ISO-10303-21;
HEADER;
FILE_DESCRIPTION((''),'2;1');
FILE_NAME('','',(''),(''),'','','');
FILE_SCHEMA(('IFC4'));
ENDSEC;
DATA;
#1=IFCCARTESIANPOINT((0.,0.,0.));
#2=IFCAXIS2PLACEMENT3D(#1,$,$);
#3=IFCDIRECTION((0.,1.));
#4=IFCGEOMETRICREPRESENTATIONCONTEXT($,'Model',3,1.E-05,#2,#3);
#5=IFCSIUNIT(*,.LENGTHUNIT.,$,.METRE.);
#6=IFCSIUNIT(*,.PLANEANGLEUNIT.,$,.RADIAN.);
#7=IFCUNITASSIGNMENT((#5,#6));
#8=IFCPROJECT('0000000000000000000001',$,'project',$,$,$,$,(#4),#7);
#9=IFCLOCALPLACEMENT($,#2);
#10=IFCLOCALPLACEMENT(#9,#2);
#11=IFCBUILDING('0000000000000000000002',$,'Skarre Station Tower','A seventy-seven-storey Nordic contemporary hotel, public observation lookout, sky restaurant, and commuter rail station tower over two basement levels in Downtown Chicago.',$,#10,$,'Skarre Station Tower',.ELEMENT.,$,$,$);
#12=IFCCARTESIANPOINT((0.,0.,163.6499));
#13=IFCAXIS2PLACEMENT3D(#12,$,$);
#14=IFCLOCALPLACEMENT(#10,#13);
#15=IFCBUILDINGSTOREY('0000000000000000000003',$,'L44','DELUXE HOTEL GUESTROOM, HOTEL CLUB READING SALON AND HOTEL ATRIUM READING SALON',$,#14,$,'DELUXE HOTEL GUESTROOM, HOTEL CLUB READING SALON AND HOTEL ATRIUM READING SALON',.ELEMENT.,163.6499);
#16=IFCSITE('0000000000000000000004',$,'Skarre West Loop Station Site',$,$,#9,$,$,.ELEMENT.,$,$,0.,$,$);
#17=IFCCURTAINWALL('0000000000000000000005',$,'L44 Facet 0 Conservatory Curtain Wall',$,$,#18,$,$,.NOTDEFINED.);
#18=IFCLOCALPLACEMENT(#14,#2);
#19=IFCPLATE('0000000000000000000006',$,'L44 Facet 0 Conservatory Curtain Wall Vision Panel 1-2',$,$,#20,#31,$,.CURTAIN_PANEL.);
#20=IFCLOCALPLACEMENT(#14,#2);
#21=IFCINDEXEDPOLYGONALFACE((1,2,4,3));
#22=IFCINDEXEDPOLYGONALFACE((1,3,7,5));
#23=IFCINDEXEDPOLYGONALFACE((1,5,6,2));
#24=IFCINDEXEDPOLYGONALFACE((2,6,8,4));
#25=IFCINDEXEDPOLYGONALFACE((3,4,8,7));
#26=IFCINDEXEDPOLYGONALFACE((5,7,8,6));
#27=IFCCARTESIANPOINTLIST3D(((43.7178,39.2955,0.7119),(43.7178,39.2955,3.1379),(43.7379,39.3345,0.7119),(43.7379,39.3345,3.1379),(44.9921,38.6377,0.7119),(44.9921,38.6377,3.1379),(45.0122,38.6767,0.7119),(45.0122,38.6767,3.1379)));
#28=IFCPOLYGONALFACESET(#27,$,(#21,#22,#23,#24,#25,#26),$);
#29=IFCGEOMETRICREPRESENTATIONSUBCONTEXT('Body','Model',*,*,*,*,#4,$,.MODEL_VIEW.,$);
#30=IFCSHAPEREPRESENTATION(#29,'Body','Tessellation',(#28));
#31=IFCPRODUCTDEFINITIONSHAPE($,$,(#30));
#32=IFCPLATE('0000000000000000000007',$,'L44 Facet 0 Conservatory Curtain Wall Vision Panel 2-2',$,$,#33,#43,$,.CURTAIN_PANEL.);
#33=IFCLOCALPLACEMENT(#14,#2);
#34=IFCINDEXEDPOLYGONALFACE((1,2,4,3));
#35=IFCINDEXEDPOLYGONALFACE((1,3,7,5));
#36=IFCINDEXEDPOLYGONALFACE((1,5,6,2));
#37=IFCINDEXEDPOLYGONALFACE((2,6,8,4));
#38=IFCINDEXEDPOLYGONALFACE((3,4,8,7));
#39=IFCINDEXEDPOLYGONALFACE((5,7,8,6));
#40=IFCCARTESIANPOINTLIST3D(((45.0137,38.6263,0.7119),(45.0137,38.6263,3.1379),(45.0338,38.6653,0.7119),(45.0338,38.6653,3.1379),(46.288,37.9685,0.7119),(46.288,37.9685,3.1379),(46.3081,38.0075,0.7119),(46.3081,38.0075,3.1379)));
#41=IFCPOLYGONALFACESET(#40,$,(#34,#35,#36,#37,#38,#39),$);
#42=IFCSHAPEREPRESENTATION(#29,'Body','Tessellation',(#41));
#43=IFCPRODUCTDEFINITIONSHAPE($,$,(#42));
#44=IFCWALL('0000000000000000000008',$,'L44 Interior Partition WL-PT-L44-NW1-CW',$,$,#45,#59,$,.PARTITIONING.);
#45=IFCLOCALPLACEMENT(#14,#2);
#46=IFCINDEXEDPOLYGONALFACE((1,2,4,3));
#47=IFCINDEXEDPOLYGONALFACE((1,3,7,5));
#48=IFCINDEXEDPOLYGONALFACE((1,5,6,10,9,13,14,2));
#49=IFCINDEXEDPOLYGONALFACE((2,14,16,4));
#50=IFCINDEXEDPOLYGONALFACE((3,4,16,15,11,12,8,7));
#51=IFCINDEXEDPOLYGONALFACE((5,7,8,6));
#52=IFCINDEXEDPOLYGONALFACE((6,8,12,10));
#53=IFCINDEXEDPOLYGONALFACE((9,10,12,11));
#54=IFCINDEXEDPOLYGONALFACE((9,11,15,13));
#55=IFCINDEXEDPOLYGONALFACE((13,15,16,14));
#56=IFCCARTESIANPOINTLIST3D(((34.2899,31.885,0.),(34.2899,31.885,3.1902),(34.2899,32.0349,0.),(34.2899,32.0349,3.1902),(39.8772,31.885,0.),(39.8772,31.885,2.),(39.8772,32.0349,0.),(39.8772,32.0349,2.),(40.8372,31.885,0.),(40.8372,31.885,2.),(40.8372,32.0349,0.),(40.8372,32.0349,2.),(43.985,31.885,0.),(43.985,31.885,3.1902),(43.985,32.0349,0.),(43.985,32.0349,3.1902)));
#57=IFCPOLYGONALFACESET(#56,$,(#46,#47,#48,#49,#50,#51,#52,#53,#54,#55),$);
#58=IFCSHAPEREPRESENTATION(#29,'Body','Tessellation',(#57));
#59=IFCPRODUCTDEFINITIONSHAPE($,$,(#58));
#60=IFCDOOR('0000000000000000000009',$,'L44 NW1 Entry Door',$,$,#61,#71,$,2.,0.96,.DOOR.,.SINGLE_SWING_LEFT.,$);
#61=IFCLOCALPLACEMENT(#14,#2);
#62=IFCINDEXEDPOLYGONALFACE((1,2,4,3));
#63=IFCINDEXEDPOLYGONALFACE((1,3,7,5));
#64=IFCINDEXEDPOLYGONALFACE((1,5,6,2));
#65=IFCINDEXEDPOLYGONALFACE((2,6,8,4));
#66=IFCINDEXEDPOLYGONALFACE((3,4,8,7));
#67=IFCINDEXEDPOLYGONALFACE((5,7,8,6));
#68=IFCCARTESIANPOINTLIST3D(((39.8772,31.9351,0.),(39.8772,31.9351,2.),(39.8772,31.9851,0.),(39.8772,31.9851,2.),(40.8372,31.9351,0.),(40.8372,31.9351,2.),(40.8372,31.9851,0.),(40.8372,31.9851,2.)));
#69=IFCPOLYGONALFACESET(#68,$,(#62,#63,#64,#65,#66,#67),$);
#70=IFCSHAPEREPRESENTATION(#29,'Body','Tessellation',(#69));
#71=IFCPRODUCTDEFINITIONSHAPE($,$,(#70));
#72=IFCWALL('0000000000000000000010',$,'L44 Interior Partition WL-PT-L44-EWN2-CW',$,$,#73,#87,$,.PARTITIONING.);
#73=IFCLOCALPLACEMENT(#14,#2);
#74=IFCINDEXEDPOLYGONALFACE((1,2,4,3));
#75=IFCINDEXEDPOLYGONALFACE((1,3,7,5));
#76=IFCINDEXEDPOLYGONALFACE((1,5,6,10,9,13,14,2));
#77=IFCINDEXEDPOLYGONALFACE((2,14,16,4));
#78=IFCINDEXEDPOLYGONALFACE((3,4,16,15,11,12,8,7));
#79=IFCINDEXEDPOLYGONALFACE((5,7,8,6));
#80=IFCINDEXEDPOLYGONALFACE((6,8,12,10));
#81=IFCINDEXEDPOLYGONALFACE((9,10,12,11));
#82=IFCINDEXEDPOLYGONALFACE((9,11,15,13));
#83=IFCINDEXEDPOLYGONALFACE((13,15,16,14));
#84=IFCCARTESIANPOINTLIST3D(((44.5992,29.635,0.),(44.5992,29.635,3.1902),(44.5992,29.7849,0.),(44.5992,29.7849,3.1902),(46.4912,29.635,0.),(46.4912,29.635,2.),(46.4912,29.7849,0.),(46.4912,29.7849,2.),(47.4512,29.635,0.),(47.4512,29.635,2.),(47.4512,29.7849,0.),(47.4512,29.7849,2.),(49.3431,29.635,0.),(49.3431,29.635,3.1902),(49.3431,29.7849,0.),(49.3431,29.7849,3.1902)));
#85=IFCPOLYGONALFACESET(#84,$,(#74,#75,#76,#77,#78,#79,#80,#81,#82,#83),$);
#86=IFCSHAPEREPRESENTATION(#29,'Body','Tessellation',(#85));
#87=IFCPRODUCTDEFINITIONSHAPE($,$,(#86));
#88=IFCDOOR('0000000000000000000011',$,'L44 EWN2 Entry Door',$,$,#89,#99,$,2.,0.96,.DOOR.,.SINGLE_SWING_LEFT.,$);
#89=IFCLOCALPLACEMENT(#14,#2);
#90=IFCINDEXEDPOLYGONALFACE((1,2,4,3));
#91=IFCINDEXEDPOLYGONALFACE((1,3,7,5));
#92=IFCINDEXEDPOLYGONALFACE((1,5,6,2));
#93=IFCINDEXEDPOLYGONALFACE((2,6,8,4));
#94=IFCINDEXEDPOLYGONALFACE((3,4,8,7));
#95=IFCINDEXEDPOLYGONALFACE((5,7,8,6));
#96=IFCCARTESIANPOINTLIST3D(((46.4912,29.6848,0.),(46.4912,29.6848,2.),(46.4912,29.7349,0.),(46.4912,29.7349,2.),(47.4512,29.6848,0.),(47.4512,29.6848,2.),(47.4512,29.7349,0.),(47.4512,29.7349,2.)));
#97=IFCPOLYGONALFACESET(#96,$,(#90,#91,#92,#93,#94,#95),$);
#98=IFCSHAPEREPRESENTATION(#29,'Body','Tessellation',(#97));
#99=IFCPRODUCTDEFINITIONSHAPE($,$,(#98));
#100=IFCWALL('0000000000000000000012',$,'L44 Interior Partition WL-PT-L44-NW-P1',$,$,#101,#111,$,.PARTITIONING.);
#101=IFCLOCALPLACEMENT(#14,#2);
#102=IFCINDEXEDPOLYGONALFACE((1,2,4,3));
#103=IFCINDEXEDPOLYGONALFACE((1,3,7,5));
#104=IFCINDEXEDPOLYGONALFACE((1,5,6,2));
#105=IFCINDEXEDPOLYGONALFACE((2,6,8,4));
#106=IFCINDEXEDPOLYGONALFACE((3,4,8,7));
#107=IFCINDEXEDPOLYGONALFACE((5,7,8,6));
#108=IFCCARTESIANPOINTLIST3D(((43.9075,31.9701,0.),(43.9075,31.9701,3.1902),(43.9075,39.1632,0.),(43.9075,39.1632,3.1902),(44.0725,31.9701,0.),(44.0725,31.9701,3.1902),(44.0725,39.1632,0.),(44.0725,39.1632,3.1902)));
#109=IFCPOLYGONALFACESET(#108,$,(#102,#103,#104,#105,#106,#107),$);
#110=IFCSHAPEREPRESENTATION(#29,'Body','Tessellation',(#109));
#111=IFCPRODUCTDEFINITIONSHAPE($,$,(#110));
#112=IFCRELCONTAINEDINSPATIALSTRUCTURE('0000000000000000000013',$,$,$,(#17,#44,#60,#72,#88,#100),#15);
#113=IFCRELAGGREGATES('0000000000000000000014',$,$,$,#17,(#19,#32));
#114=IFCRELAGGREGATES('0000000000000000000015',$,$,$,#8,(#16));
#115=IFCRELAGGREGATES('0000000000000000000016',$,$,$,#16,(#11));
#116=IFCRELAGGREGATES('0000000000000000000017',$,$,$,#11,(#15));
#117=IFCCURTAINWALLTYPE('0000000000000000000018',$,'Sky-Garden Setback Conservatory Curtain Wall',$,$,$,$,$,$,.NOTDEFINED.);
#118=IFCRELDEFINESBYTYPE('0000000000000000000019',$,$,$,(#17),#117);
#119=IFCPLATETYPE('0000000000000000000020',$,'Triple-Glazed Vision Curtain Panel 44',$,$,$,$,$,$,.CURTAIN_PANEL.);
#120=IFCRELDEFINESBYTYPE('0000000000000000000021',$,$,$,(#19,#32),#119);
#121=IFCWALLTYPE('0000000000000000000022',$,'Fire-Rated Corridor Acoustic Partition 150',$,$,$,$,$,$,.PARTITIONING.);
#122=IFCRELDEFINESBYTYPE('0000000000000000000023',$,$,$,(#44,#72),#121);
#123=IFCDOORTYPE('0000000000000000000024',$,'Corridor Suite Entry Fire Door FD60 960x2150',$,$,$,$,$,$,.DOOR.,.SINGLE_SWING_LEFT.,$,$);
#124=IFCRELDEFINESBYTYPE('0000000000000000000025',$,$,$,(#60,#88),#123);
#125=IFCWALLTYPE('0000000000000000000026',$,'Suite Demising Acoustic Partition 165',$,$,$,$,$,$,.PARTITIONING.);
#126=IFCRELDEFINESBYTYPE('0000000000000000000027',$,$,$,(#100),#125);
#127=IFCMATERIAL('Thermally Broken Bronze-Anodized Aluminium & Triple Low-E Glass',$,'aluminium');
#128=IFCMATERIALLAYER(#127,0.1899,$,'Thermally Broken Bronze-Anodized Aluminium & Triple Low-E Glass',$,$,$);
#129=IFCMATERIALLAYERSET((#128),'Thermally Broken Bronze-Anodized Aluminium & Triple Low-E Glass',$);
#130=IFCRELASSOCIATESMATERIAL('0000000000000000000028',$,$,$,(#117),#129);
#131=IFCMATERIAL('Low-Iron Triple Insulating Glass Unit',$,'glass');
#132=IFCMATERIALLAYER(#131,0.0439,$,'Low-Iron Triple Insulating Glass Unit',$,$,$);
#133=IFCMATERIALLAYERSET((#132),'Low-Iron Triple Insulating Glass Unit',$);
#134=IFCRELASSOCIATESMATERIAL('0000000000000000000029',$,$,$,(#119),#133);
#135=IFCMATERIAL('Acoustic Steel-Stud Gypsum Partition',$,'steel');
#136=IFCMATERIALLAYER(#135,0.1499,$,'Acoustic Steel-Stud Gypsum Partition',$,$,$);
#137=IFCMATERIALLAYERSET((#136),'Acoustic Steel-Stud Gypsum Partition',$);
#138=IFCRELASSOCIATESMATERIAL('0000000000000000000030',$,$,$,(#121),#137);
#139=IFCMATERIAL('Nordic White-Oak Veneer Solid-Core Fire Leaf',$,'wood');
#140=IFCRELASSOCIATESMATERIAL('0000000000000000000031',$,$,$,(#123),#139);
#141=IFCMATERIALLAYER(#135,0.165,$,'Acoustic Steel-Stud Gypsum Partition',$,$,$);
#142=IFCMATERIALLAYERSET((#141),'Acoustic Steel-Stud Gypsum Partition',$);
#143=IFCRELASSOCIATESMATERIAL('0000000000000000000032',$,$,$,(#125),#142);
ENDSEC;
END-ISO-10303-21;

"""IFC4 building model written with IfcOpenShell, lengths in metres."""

from ifc_helpers import new_model, si_unit, direction, frame, frame_2d, origin, origin_2d, place, context, subcontext, project, spatial, rectangle, extrude, material, layer, layer_set, type_object, element, fill, aggregate, save


model = new_model("IFC4")

# Units and contexts
model_context = context("Model", 3, precision=1e-05, world=origin(), true_north=direction((0.0, 1.0)))
body_context = subcontext(model_context, "Body", "Model", "MODEL_VIEW")
ifc_project = project(units=[si_unit("LENGTHUNIT", "METRE"), si_unit("PLANEANGLEUNIT", "RADIAN")], contexts=[model_context])

# Site, building, storey
site_placement = place(None, origin())
site = spatial("IfcSite", under=ifc_project, at=site_placement, Name="Skarre West Loop Station Site", CompositionType="ELEMENT", RefElevation=0.0)
building_placement = place(site_placement, origin())
building = spatial("IfcBuilding", under=site, at=building_placement, Name="Skarre Station Tower", Description="A seventy-seven-storey Nordic contemporary hotel, public observation lookout, sky restaurant, and commuter rail station tower over two basement levels in Downtown Chicago.", LongName="Skarre Station Tower", CompositionType="ELEMENT")
storey_placement = place(building_placement, frame((0.0, 0.0, 163.6499)))
storey = spatial("IfcBuildingStorey", under=building, at=storey_placement, Name="L44", Description="DELUXE HOTEL GUESTROOM, HOTEL CLUB READING SALON AND HOTEL ATRIUM READING SALON", LongName="DELUXE HOTEL GUESTROOM, HOTEL CLUB READING SALON AND HOTEL ATRIUM READING SALON", CompositionType="ELEMENT", Elevation=163.6499)

# Curtain wall
ifc_material_1 = material(Name="Thermally Broken Bronze-Anodized Aluminium & Triple Low-E Glass", Category="aluminium")
ifc_layer_1 = layer(ifc_material_1, 0.1899, Name="Thermally Broken Bronze-Anodized Aluminium & Triple Low-E Glass")
ifc_layer_set_1 = layer_set([ifc_layer_1], Name="Thermally Broken Bronze-Anodized Aluminium & Triple Low-E Glass")
curtain_wall_type = type_object("IfcCurtainWallType", Name="Sky-Garden Setback Conservatory Curtain Wall", PredefinedType="NOTDEFINED", material=ifc_layer_set_1)
curtain_wall_placement = place(storey_placement, origin())
curtain_wall = element("IfcCurtainWall", 1, at=curtain_wall_placement, inside=storey, type_object=curtain_wall_type, Name="L44 Facet 0 Conservatory Curtain Wall", PredefinedType="NOTDEFINED")

# Plates
ifc_material_2 = material(Name="Low-Iron Triple Insulating Glass Unit", Category="glass")
ifc_layer_2 = layer(ifc_material_2, 0.0439, Name="Low-Iron Triple Insulating Glass Unit")
ifc_layer_set_2 = layer_set([ifc_layer_2], Name="Low-Iron Triple Insulating Glass Unit")
plate_type_1 = type_object("IfcPlateType", Name="Triple-Glazed Vision Curtain Panel 44", PredefinedType="CURTAIN_PANEL", material=ifc_layer_set_2)
plate_1_placement = place(storey_placement, frame((44.365, 38.9861, 0.7119), z_axis=(0.0, 0.0, 1.0), x_axis=(0.888593, -0.458696, 0.0)))
plate_1 = element("IfcPlate", 2, at=plate_1_placement, type_object=plate_type_1, Name="L44 Facet 0 Conservatory Curtain Wall Vision Panel 1-2", PredefinedType="CURTAIN_PANEL", context=body_context, shape_type="SweptSolid", body=[
    extrude(rectangle(XDim=1.4341, YDim=0.0439, at=origin_2d()), origin(), (0.0, 0.0, 1.0), 2.426),
])
plate_2_placement = place(storey_placement, frame((45.6609, 38.3169, 0.7119), z_axis=(0.0, 0.0, 1.0), x_axis=(0.888593, -0.458696, 0.0)))
plate_2 = element("IfcPlate", 3, at=plate_2_placement, type_object=plate_type_1, Name="L44 Facet 0 Conservatory Curtain Wall Vision Panel 2-2", PredefinedType="CURTAIN_PANEL", context=body_context, shape_type="SweptSolid", body=[
    extrude(rectangle(XDim=1.4341, YDim=0.0439, at=origin_2d()), origin(), (0.0, 0.0, 1.0), 2.426),
])
aggregate(curtain_wall, [plate_1, plate_2])

# Walls, openings, doors
ifc_material_3 = material(Name="Acoustic Steel-Stud Gypsum Partition", Category="steel")
ifc_layer_3 = layer(ifc_material_3, 0.1499, Name="Acoustic Steel-Stud Gypsum Partition")
ifc_layer_set_3 = layer_set([ifc_layer_3], Name="Acoustic Steel-Stud Gypsum Partition")
wall_type_1 = type_object("IfcWallType", Name="Fire-Rated Corridor Acoustic Partition 150", PredefinedType="PARTITIONING", material=ifc_layer_set_3)
wall_1_placement = place(storey_placement, frame((43.9851, 31.96, 0.0), z_axis=(0.0, 0.0, 1.0), x_axis=(-1.0, 0.0, 0.0)))
wall_1 = element("IfcWall", 4, at=wall_1_placement, inside=storey, type_object=wall_type_1, Name="L44 Interior Partition WL-PT-L44-NW1-CW", PredefinedType="PARTITIONING", context=body_context, shape_type="SweptSolid", body=[
    extrude(rectangle(XDim=9.6951, YDim=0.1499, at=frame_2d((4.8477, 0.0))), origin(), (0.0, 0.0, 1.0), 3.1902),
])
opening_1_placement = place(wall_1_placement, frame((3.1479, 0.0, 0.0)))
opening_1 = element("IfcOpeningElement", 5, at=opening_1_placement, cuts=wall_1, PredefinedType="OPENING", context=body_context, shape_type="SweptSolid", body=[
    extrude(rectangle(XDim=0.96, YDim=2.0, at=frame_2d((0.48, 1.0))), frame((0.0, 0.085, 0.0), z_axis=(0.0, -1.0, 0.0), x_axis=(1.0, 0.0, 0.0)), (0.0, 0.0, 1.0), 0.1699),
])
ifc_material_4 = material(Name="Nordic White-Oak Veneer Solid-Core Fire Leaf", Category="wood")
door_type = type_object("IfcDoorType", Name="Corridor Suite Entry Fire Door FD60 960x2150", OperationType="SINGLE_SWING_LEFT", PredefinedType="DOOR", material=ifc_material_4)
door_1_placement = place(opening_1_placement, origin())
door_1 = element("IfcDoor", 6, at=door_1_placement, inside=storey, type_object=door_type, Name="L44 NW1 Entry Door", OperationType="SINGLE_SWING_LEFT", OverallHeight=2.0, OverallWidth=0.96, PredefinedType="DOOR", context=body_context, shape_type="SweptSolid", body=[
    extrude(rectangle(XDim=0.96, YDim=2.0, at=frame_2d((0.48, 1.0))), frame((0.0, 0.0249, 0.0), z_axis=(0.0, -1.0, 0.0), x_axis=(1.0, 0.0, 0.0)), (0.0, 0.0, 1.0), 0.05),
])
fill(opening_1, door_1)
wall_2_placement = place(storey_placement, frame((44.5991, 29.71, 0.0), z_axis=(0.0, 0.0, 1.0), x_axis=(1.0, 0.0, 0.0)))
wall_2 = element("IfcWall", 7, at=wall_2_placement, inside=storey, type_object=wall_type_1, Name="L44 Interior Partition WL-PT-L44-EWN2-CW", PredefinedType="PARTITIONING", context=body_context, shape_type="SweptSolid", body=[
    extrude(rectangle(XDim=4.7439, YDim=0.1499, at=frame_2d((2.3721, 0.0))), origin(), (0.0, 0.0, 1.0), 3.1902),
])
opening_2_placement = place(wall_2_placement, frame((1.8921, 0.0, 0.0)))
opening_2 = element("IfcOpeningElement", 8, at=opening_2_placement, cuts=wall_2, PredefinedType="OPENING", context=body_context, shape_type="SweptSolid", body=[
    extrude(rectangle(XDim=0.96, YDim=2.0, at=frame_2d((0.48, 1.0))), frame((0.0, 0.085, 0.0), z_axis=(0.0, -1.0, 0.0), x_axis=(1.0, 0.0, 0.0)), (0.0, 0.0, 1.0), 0.1699),
])
door_2_placement = place(opening_2_placement, origin())
door_2 = element("IfcDoor", 9, at=door_2_placement, inside=storey, type_object=door_type, Name="L44 EWN2 Entry Door", OperationType="SINGLE_SWING_LEFT", OverallHeight=2.0, OverallWidth=0.96, PredefinedType="DOOR", context=body_context, shape_type="SweptSolid", body=[
    extrude(rectangle(XDim=0.96, YDim=2.0, at=frame_2d((0.48, 1.0))), frame((0.0, 0.0249, 0.0), z_axis=(0.0, -1.0, 0.0), x_axis=(1.0, 0.0, 0.0)), (0.0, 0.0, 1.0), 0.05),
])
fill(opening_2, door_2)

# Wall
ifc_layer_4 = layer(ifc_material_3, 0.165, Name="Acoustic Steel-Stud Gypsum Partition")
ifc_layer_set_4 = layer_set([ifc_layer_4], Name="Acoustic Steel-Stud Gypsum Partition")
wall_type_2 = type_object("IfcWallType", Name="Suite Demising Acoustic Partition 165", PredefinedType="PARTITIONING", material=ifc_layer_set_4)
wall_3_placement = place(storey_placement, frame((43.99, 31.97, 0.0), z_axis=(0.0, 0.0, 1.0), x_axis=(0.0, 1.0, 0.0)))
element("IfcWall", 10, at=wall_3_placement, inside=storey, type_object=wall_type_2, Name="L44 Interior Partition WL-PT-L44-NW-P1", PredefinedType="PARTITIONING", context=body_context, shape_type="SweptSolid", body=[
    extrude(rectangle(XDim=7.1931, YDim=0.165, at=frame_2d((3.5967, 0.0))), origin(), (0.0, 0.0, 1.0), 3.1902),
])

save(model, "model.ifc")
